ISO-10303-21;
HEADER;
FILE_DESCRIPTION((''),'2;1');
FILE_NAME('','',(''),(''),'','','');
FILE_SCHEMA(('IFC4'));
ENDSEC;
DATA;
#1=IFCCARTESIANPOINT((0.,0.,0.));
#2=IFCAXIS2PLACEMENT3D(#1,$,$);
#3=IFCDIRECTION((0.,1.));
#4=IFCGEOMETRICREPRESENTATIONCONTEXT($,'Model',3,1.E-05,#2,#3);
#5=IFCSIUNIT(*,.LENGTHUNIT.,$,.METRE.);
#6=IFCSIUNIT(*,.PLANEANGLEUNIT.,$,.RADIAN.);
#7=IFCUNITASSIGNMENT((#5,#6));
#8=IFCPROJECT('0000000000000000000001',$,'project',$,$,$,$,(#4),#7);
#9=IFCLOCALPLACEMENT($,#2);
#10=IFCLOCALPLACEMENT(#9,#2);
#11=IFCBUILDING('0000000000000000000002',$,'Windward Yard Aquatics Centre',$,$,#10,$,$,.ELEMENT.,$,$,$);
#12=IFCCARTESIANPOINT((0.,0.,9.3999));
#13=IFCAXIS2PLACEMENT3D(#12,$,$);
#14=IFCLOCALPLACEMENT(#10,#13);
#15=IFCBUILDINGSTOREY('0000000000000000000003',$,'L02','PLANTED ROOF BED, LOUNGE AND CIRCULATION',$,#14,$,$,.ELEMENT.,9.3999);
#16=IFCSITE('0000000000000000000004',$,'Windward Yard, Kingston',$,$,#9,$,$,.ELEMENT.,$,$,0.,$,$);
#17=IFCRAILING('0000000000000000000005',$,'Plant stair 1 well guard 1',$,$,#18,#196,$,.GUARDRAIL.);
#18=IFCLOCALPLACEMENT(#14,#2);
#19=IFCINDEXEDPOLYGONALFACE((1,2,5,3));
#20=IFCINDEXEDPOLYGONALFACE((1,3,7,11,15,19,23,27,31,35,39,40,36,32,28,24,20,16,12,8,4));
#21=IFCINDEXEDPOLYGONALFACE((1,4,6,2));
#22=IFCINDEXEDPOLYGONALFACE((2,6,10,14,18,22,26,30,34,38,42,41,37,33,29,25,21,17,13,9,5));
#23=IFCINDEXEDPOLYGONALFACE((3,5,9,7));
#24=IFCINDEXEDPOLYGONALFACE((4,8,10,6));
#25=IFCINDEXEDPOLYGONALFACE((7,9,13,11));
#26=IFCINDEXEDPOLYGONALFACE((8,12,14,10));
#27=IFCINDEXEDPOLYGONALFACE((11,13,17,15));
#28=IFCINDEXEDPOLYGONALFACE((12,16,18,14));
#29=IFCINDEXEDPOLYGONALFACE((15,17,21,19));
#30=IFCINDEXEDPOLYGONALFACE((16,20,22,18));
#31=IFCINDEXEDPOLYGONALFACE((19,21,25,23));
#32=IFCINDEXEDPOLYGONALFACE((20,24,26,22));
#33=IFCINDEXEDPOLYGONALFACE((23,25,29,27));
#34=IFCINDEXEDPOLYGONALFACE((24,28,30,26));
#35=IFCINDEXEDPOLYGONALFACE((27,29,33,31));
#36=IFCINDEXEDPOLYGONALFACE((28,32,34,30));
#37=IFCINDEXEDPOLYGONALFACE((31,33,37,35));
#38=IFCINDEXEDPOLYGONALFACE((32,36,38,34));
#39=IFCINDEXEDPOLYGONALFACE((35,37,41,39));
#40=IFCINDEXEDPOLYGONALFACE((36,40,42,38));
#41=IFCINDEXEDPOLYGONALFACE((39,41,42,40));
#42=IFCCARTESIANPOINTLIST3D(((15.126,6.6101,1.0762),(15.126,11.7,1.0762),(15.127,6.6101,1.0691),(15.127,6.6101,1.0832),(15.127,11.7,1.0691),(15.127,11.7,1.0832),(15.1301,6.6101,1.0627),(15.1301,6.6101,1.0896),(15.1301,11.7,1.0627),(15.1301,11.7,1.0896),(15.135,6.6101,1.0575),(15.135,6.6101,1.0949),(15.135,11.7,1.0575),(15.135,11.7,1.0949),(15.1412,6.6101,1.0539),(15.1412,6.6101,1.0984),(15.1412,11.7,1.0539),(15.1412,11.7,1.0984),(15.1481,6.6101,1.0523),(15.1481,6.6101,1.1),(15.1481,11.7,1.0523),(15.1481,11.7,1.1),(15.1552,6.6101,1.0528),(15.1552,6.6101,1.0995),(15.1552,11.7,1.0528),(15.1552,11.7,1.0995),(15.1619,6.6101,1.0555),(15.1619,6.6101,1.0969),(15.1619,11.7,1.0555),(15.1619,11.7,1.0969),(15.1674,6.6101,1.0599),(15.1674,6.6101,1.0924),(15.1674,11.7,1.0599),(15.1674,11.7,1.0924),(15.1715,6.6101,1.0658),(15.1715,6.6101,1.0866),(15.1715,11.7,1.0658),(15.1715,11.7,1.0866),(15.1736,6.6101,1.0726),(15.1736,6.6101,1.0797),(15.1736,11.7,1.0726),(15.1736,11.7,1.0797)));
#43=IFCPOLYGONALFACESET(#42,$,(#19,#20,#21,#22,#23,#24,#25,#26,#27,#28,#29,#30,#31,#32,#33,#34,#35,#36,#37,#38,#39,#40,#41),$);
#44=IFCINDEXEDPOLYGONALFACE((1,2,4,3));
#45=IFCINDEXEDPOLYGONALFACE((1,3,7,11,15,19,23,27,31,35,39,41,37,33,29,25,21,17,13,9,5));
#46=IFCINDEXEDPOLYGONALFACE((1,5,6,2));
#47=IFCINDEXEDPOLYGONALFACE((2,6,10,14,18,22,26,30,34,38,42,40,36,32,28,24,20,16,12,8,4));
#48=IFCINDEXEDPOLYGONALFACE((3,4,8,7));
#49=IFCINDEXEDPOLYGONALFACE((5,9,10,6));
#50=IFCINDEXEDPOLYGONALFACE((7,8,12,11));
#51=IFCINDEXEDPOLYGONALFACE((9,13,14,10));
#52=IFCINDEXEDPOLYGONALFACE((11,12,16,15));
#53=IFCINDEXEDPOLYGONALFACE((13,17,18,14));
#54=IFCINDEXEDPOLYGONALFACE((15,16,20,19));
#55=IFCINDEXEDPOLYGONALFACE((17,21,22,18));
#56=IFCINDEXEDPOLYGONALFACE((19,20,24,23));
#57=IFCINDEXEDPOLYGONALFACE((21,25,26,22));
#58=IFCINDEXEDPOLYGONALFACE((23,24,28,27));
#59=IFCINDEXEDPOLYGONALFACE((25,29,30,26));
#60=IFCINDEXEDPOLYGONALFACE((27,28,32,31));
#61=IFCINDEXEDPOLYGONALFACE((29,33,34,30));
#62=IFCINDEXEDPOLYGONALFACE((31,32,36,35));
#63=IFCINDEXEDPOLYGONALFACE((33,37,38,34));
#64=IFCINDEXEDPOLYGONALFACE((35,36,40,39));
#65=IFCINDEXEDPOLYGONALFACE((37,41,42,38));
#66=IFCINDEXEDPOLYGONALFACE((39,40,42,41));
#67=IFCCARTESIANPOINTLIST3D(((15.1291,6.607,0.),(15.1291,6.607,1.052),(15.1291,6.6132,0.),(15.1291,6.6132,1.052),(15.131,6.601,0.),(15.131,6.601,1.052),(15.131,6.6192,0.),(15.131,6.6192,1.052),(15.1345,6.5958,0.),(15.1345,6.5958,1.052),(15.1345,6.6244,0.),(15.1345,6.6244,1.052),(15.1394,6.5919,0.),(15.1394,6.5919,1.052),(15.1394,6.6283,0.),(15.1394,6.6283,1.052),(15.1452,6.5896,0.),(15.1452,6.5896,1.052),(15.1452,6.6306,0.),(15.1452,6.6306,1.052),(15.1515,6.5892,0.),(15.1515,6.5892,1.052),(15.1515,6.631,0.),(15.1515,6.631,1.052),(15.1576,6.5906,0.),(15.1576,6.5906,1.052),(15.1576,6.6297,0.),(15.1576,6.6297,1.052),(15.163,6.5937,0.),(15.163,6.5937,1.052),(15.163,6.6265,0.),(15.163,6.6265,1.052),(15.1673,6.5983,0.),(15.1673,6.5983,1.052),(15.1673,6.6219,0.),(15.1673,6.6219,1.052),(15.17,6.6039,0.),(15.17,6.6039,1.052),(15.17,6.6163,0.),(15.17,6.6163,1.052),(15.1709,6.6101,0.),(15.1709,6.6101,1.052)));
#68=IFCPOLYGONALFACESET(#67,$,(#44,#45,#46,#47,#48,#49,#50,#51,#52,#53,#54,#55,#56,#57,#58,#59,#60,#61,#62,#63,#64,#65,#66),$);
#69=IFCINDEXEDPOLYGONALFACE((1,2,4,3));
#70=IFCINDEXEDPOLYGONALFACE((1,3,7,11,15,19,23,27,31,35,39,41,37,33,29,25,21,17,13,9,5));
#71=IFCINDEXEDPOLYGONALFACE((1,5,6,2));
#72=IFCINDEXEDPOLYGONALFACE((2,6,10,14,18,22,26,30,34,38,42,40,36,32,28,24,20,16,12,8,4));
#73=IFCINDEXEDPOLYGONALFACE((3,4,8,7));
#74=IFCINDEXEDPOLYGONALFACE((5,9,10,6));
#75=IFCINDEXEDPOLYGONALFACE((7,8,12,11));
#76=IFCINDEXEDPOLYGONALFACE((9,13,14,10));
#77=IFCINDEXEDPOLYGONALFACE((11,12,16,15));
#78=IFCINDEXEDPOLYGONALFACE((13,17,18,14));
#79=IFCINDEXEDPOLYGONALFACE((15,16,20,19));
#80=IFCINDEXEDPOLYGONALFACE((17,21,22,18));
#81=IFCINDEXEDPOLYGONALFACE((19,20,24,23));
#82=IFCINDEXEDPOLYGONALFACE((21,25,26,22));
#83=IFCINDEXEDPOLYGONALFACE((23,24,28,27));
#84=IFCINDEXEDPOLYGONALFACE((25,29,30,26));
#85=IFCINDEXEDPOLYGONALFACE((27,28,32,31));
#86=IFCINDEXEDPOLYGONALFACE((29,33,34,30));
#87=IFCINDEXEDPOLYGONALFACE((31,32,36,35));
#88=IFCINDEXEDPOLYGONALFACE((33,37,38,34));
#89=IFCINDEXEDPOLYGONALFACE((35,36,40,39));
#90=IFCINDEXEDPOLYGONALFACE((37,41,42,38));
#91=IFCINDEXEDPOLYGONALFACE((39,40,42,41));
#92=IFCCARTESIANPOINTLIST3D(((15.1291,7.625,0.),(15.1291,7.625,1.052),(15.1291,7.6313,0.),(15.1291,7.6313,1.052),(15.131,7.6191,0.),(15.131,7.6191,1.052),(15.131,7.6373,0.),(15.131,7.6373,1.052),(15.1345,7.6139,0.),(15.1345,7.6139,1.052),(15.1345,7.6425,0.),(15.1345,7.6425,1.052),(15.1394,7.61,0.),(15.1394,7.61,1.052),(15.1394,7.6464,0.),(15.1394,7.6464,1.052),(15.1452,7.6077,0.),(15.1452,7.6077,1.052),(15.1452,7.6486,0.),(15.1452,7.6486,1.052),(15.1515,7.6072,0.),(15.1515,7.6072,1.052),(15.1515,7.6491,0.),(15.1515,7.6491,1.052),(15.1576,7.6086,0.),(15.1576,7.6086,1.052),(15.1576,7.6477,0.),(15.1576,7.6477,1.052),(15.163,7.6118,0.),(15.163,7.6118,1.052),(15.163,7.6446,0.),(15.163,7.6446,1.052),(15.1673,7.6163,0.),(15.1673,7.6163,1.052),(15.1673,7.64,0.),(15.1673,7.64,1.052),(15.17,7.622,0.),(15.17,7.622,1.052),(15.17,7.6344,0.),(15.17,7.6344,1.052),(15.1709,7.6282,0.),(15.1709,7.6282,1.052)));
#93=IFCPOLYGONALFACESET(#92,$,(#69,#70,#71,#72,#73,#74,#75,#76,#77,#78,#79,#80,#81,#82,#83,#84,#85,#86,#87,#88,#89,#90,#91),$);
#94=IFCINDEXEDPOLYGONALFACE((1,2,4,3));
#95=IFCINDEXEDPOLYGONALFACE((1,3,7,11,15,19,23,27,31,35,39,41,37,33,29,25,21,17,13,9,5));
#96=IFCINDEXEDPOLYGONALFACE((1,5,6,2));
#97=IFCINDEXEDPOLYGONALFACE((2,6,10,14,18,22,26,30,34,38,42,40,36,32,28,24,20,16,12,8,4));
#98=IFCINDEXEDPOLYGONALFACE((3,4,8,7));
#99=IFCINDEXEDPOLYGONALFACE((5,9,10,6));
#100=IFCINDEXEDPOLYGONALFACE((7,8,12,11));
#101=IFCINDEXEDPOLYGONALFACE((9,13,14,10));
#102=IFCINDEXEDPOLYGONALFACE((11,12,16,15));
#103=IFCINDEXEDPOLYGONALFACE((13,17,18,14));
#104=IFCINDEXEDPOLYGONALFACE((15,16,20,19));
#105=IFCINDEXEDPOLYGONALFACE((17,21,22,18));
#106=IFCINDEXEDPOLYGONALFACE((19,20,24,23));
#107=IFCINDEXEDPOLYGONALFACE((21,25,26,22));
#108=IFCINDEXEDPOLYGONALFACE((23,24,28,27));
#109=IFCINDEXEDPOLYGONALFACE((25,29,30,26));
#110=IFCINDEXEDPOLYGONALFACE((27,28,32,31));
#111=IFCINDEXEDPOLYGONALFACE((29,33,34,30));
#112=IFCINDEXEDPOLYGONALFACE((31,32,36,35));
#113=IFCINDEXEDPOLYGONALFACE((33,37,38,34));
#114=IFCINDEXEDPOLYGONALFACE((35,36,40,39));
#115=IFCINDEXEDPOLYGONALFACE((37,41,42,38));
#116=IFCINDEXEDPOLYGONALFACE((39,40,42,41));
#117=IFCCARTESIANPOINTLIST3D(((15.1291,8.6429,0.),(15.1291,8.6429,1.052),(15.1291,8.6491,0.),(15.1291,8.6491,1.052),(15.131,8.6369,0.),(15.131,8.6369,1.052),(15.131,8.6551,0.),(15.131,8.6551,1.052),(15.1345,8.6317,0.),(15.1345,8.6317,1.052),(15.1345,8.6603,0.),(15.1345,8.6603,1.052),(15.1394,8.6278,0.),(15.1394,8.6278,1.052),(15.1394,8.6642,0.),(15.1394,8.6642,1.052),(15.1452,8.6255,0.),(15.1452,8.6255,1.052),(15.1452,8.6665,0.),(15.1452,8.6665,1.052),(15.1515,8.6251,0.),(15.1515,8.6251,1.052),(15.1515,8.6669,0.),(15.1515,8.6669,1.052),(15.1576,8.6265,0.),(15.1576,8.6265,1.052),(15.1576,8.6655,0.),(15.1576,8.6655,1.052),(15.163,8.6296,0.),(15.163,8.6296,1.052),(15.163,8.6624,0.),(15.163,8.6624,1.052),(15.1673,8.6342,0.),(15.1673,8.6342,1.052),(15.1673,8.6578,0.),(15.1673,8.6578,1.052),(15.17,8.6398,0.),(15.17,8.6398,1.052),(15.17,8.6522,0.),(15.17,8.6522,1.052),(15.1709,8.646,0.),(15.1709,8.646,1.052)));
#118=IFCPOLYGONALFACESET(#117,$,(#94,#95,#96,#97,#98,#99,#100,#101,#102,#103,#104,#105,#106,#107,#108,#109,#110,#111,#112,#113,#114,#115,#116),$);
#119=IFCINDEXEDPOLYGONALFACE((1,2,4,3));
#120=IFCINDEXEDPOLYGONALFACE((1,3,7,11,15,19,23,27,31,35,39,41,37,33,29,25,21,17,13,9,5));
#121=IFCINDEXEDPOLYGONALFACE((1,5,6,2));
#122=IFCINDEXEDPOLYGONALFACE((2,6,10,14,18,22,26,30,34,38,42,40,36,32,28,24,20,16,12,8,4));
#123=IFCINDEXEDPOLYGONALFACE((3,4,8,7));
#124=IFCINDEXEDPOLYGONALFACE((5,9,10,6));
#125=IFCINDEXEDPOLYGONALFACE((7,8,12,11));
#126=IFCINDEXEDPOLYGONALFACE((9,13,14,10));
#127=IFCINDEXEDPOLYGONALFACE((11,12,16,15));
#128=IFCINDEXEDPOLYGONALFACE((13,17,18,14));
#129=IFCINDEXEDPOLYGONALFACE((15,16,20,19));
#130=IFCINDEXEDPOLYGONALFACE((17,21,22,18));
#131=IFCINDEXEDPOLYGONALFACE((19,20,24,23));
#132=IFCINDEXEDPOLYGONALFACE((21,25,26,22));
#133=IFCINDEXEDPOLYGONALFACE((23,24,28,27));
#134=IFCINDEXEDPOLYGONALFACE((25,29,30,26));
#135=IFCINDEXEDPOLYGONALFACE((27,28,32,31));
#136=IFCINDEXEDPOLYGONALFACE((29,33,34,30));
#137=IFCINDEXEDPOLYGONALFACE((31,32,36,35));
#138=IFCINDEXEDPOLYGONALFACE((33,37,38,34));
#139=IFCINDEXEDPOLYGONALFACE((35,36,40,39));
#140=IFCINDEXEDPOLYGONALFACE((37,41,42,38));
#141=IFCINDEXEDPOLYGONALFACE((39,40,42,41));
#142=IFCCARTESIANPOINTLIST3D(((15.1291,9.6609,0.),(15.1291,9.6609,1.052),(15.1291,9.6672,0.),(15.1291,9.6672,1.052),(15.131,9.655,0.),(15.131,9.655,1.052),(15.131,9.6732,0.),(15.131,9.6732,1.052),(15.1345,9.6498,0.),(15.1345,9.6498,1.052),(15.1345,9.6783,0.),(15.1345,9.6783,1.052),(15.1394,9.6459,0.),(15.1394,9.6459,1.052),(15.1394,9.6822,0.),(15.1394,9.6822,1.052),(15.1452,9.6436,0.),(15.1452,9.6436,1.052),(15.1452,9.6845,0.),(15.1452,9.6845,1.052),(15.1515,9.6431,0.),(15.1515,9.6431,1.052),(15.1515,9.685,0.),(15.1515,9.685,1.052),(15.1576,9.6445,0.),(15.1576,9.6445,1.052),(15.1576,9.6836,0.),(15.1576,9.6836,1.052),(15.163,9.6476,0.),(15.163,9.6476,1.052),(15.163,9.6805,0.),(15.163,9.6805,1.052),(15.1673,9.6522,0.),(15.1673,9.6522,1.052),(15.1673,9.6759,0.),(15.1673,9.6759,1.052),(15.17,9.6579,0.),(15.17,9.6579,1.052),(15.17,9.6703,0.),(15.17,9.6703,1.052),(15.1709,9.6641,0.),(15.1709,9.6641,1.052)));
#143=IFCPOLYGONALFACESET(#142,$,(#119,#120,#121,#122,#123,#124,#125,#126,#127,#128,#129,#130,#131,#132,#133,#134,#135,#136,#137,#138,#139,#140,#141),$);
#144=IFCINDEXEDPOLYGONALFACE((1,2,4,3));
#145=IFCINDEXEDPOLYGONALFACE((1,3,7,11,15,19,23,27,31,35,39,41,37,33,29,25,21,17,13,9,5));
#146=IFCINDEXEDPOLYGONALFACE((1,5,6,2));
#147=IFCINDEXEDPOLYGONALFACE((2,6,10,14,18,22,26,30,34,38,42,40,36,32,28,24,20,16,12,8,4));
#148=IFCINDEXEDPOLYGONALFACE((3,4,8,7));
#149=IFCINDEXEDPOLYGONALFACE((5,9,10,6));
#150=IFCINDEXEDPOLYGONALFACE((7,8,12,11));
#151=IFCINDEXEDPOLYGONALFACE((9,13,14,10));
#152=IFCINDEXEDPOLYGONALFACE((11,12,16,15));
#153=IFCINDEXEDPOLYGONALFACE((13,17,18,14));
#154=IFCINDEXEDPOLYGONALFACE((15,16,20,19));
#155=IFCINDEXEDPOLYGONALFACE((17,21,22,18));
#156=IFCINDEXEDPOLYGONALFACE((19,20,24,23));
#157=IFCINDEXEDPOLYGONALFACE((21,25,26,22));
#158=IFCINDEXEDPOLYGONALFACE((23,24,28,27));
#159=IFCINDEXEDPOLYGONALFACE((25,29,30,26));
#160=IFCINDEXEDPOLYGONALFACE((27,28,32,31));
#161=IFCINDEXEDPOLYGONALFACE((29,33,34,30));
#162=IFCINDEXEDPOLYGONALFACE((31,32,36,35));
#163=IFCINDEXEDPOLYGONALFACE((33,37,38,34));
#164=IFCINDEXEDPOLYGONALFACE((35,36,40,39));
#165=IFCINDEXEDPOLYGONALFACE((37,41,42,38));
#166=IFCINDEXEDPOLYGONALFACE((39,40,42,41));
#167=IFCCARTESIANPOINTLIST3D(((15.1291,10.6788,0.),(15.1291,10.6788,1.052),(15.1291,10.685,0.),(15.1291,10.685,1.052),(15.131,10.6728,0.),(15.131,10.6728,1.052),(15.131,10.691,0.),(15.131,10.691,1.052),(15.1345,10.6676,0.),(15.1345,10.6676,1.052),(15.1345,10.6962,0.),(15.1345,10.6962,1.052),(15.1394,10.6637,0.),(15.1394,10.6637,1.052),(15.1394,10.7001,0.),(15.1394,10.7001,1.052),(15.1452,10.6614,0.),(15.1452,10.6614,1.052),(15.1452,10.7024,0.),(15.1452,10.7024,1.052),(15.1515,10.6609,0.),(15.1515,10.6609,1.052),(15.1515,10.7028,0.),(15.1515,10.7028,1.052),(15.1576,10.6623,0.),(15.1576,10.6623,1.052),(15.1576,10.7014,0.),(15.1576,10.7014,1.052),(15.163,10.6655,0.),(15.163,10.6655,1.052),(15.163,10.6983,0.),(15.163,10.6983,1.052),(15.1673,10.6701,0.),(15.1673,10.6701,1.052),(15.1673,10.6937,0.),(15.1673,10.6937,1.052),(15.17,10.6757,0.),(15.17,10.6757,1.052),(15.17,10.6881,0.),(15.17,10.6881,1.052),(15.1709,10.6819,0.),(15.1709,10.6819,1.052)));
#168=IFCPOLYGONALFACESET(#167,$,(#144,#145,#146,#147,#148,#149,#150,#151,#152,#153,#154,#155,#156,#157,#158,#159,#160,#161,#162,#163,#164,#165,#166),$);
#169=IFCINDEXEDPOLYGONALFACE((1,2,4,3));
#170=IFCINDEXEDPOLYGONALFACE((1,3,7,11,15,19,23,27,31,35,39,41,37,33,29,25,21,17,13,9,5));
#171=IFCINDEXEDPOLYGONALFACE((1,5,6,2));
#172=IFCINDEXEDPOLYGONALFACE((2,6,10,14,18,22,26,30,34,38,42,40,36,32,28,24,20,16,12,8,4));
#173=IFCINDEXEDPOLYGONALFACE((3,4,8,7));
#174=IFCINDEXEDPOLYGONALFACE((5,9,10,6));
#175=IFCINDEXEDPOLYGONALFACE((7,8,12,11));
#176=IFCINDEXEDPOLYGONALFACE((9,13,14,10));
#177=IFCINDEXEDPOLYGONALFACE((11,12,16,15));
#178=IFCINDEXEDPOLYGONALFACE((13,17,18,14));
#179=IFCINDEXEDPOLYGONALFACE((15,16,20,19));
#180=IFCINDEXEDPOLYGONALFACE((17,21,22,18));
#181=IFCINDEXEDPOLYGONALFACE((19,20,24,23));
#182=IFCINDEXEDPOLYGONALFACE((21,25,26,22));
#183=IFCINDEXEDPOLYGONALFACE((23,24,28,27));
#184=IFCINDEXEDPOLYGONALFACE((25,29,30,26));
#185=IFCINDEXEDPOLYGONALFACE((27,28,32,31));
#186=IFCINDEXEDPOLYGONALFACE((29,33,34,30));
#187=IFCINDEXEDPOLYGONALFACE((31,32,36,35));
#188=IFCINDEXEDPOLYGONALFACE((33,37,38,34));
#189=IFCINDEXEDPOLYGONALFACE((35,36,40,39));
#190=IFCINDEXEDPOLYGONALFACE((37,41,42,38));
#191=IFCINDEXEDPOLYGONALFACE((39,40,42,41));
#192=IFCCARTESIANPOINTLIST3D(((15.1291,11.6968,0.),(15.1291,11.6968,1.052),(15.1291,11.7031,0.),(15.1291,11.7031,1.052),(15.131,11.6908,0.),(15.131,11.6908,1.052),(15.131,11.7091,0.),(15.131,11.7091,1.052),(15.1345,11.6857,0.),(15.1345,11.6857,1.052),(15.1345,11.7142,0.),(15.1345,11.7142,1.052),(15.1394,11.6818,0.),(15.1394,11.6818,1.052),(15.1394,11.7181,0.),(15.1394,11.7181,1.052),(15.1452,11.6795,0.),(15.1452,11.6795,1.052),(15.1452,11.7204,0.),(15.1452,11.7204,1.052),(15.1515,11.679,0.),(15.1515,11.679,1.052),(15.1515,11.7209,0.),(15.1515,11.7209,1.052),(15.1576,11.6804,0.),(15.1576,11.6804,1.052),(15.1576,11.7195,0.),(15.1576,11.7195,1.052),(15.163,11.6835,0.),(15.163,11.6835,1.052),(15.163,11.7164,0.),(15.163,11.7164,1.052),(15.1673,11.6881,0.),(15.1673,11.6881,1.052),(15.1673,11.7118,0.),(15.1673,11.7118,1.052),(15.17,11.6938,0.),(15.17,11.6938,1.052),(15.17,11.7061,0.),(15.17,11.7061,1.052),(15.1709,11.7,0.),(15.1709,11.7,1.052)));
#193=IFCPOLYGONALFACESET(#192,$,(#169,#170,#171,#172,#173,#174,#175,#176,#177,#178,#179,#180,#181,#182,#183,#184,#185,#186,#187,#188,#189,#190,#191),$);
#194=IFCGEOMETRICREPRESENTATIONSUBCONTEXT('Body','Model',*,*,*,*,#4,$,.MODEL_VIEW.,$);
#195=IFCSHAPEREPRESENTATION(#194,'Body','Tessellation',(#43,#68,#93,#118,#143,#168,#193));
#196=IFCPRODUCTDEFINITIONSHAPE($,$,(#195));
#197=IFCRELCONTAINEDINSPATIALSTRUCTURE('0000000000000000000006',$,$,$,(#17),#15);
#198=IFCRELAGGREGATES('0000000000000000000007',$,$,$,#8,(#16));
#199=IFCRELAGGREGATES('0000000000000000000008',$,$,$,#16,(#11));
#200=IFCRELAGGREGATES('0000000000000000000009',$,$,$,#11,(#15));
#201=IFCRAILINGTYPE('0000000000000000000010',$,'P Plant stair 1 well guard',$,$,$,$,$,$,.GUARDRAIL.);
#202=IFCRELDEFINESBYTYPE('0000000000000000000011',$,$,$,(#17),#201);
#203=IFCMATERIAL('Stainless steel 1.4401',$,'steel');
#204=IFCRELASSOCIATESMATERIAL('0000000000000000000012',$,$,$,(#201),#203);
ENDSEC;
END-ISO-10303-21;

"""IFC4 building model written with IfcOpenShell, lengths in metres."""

from ifc_helpers import new_model, si_unit, direction, frame, origin, origin_2d, place, context, subcontext, project, spatial, circle, extrude, material, type_object, element, save


model = new_model("IFC4")

# Units and contexts
model_context = context("Model", 3, precision=1e-05, world=origin(), true_north=direction((0.0, 1.0)))
body_context = subcontext(model_context, "Body", "Model", "MODEL_VIEW")
ifc_project = project(units=[si_unit("LENGTHUNIT", "METRE"), si_unit("PLANEANGLEUNIT", "RADIAN")], contexts=[model_context])

# Site, building, storey
site_placement = place(None, origin())
site = spatial("IfcSite", under=ifc_project, at=site_placement, Name="Windward Yard, Kingston", CompositionType="ELEMENT", RefElevation=0.0)
building_placement = place(site_placement, origin())
building = spatial("IfcBuilding", under=site, at=building_placement, Name="Windward Yard Aquatics Centre", CompositionType="ELEMENT")
storey_placement = place(building_placement, frame((0.0, 0.0, 9.3999)))
storey = spatial("IfcBuildingStorey", under=building, at=storey_placement, Name="L02", Description="PLANTED ROOF BED, LOUNGE AND CIRCULATION", CompositionType="ELEMENT", Elevation=9.3999)

# Railing
ifc_material_1 = material(Name="Stainless steel 1.4401", Category="steel")
railing_type_1 = type_object("IfcRailingType", Name="P Plant stair 1 well guard", PredefinedType="GUARDRAIL", material=ifc_material_1)
railing_1_placement = place(storey_placement, frame((15.1499, 6.6101, 0.0)))
element("IfcRailing", 1, at=railing_1_placement, inside=storey, type_object=railing_type_1, Name="Plant stair 1 well guard 1", PredefinedType="GUARDRAIL", context=body_context, shape_type="SweptSolid", body=[
    extrude(circle(Radius=0.0239, at=origin_2d()), frame((0.0, 0.0, 1.0762), z_axis=(0.0, 1.0, 0.0), x_axis=(-1.0, 0.0, 0.0)), (0.0, 0.0, 1.0), 5.0898),
    extrude(circle(Radius=0.021, at=origin_2d()), origin(), (0.0, 0.0, 1.0), 1.052),
    extrude(circle(Radius=0.021, at=origin_2d()), frame((0.0, 1.0181, 0.0)), (0.0, 0.0, 1.0), 1.052),
    extrude(circle(Radius=0.021, at=origin_2d()), frame((0.0, 2.0359, 0.0)), (0.0, 0.0, 1.0), 1.052),
    extrude(circle(Radius=0.021, at=origin_2d()), frame((0.0, 3.054, 0.0)), (0.0, 0.0, 1.0), 1.052),
    extrude(circle(Radius=0.021, at=origin_2d()), frame((0.0, 4.0718, 0.0)), (0.0, 0.0, 1.0), 1.052),
    extrude(circle(Radius=0.021, at=origin_2d()), frame((0.0, 5.0898, 0.0)), (0.0, 0.0, 1.0), 1.052),
])

save(model, "model.ifc")
